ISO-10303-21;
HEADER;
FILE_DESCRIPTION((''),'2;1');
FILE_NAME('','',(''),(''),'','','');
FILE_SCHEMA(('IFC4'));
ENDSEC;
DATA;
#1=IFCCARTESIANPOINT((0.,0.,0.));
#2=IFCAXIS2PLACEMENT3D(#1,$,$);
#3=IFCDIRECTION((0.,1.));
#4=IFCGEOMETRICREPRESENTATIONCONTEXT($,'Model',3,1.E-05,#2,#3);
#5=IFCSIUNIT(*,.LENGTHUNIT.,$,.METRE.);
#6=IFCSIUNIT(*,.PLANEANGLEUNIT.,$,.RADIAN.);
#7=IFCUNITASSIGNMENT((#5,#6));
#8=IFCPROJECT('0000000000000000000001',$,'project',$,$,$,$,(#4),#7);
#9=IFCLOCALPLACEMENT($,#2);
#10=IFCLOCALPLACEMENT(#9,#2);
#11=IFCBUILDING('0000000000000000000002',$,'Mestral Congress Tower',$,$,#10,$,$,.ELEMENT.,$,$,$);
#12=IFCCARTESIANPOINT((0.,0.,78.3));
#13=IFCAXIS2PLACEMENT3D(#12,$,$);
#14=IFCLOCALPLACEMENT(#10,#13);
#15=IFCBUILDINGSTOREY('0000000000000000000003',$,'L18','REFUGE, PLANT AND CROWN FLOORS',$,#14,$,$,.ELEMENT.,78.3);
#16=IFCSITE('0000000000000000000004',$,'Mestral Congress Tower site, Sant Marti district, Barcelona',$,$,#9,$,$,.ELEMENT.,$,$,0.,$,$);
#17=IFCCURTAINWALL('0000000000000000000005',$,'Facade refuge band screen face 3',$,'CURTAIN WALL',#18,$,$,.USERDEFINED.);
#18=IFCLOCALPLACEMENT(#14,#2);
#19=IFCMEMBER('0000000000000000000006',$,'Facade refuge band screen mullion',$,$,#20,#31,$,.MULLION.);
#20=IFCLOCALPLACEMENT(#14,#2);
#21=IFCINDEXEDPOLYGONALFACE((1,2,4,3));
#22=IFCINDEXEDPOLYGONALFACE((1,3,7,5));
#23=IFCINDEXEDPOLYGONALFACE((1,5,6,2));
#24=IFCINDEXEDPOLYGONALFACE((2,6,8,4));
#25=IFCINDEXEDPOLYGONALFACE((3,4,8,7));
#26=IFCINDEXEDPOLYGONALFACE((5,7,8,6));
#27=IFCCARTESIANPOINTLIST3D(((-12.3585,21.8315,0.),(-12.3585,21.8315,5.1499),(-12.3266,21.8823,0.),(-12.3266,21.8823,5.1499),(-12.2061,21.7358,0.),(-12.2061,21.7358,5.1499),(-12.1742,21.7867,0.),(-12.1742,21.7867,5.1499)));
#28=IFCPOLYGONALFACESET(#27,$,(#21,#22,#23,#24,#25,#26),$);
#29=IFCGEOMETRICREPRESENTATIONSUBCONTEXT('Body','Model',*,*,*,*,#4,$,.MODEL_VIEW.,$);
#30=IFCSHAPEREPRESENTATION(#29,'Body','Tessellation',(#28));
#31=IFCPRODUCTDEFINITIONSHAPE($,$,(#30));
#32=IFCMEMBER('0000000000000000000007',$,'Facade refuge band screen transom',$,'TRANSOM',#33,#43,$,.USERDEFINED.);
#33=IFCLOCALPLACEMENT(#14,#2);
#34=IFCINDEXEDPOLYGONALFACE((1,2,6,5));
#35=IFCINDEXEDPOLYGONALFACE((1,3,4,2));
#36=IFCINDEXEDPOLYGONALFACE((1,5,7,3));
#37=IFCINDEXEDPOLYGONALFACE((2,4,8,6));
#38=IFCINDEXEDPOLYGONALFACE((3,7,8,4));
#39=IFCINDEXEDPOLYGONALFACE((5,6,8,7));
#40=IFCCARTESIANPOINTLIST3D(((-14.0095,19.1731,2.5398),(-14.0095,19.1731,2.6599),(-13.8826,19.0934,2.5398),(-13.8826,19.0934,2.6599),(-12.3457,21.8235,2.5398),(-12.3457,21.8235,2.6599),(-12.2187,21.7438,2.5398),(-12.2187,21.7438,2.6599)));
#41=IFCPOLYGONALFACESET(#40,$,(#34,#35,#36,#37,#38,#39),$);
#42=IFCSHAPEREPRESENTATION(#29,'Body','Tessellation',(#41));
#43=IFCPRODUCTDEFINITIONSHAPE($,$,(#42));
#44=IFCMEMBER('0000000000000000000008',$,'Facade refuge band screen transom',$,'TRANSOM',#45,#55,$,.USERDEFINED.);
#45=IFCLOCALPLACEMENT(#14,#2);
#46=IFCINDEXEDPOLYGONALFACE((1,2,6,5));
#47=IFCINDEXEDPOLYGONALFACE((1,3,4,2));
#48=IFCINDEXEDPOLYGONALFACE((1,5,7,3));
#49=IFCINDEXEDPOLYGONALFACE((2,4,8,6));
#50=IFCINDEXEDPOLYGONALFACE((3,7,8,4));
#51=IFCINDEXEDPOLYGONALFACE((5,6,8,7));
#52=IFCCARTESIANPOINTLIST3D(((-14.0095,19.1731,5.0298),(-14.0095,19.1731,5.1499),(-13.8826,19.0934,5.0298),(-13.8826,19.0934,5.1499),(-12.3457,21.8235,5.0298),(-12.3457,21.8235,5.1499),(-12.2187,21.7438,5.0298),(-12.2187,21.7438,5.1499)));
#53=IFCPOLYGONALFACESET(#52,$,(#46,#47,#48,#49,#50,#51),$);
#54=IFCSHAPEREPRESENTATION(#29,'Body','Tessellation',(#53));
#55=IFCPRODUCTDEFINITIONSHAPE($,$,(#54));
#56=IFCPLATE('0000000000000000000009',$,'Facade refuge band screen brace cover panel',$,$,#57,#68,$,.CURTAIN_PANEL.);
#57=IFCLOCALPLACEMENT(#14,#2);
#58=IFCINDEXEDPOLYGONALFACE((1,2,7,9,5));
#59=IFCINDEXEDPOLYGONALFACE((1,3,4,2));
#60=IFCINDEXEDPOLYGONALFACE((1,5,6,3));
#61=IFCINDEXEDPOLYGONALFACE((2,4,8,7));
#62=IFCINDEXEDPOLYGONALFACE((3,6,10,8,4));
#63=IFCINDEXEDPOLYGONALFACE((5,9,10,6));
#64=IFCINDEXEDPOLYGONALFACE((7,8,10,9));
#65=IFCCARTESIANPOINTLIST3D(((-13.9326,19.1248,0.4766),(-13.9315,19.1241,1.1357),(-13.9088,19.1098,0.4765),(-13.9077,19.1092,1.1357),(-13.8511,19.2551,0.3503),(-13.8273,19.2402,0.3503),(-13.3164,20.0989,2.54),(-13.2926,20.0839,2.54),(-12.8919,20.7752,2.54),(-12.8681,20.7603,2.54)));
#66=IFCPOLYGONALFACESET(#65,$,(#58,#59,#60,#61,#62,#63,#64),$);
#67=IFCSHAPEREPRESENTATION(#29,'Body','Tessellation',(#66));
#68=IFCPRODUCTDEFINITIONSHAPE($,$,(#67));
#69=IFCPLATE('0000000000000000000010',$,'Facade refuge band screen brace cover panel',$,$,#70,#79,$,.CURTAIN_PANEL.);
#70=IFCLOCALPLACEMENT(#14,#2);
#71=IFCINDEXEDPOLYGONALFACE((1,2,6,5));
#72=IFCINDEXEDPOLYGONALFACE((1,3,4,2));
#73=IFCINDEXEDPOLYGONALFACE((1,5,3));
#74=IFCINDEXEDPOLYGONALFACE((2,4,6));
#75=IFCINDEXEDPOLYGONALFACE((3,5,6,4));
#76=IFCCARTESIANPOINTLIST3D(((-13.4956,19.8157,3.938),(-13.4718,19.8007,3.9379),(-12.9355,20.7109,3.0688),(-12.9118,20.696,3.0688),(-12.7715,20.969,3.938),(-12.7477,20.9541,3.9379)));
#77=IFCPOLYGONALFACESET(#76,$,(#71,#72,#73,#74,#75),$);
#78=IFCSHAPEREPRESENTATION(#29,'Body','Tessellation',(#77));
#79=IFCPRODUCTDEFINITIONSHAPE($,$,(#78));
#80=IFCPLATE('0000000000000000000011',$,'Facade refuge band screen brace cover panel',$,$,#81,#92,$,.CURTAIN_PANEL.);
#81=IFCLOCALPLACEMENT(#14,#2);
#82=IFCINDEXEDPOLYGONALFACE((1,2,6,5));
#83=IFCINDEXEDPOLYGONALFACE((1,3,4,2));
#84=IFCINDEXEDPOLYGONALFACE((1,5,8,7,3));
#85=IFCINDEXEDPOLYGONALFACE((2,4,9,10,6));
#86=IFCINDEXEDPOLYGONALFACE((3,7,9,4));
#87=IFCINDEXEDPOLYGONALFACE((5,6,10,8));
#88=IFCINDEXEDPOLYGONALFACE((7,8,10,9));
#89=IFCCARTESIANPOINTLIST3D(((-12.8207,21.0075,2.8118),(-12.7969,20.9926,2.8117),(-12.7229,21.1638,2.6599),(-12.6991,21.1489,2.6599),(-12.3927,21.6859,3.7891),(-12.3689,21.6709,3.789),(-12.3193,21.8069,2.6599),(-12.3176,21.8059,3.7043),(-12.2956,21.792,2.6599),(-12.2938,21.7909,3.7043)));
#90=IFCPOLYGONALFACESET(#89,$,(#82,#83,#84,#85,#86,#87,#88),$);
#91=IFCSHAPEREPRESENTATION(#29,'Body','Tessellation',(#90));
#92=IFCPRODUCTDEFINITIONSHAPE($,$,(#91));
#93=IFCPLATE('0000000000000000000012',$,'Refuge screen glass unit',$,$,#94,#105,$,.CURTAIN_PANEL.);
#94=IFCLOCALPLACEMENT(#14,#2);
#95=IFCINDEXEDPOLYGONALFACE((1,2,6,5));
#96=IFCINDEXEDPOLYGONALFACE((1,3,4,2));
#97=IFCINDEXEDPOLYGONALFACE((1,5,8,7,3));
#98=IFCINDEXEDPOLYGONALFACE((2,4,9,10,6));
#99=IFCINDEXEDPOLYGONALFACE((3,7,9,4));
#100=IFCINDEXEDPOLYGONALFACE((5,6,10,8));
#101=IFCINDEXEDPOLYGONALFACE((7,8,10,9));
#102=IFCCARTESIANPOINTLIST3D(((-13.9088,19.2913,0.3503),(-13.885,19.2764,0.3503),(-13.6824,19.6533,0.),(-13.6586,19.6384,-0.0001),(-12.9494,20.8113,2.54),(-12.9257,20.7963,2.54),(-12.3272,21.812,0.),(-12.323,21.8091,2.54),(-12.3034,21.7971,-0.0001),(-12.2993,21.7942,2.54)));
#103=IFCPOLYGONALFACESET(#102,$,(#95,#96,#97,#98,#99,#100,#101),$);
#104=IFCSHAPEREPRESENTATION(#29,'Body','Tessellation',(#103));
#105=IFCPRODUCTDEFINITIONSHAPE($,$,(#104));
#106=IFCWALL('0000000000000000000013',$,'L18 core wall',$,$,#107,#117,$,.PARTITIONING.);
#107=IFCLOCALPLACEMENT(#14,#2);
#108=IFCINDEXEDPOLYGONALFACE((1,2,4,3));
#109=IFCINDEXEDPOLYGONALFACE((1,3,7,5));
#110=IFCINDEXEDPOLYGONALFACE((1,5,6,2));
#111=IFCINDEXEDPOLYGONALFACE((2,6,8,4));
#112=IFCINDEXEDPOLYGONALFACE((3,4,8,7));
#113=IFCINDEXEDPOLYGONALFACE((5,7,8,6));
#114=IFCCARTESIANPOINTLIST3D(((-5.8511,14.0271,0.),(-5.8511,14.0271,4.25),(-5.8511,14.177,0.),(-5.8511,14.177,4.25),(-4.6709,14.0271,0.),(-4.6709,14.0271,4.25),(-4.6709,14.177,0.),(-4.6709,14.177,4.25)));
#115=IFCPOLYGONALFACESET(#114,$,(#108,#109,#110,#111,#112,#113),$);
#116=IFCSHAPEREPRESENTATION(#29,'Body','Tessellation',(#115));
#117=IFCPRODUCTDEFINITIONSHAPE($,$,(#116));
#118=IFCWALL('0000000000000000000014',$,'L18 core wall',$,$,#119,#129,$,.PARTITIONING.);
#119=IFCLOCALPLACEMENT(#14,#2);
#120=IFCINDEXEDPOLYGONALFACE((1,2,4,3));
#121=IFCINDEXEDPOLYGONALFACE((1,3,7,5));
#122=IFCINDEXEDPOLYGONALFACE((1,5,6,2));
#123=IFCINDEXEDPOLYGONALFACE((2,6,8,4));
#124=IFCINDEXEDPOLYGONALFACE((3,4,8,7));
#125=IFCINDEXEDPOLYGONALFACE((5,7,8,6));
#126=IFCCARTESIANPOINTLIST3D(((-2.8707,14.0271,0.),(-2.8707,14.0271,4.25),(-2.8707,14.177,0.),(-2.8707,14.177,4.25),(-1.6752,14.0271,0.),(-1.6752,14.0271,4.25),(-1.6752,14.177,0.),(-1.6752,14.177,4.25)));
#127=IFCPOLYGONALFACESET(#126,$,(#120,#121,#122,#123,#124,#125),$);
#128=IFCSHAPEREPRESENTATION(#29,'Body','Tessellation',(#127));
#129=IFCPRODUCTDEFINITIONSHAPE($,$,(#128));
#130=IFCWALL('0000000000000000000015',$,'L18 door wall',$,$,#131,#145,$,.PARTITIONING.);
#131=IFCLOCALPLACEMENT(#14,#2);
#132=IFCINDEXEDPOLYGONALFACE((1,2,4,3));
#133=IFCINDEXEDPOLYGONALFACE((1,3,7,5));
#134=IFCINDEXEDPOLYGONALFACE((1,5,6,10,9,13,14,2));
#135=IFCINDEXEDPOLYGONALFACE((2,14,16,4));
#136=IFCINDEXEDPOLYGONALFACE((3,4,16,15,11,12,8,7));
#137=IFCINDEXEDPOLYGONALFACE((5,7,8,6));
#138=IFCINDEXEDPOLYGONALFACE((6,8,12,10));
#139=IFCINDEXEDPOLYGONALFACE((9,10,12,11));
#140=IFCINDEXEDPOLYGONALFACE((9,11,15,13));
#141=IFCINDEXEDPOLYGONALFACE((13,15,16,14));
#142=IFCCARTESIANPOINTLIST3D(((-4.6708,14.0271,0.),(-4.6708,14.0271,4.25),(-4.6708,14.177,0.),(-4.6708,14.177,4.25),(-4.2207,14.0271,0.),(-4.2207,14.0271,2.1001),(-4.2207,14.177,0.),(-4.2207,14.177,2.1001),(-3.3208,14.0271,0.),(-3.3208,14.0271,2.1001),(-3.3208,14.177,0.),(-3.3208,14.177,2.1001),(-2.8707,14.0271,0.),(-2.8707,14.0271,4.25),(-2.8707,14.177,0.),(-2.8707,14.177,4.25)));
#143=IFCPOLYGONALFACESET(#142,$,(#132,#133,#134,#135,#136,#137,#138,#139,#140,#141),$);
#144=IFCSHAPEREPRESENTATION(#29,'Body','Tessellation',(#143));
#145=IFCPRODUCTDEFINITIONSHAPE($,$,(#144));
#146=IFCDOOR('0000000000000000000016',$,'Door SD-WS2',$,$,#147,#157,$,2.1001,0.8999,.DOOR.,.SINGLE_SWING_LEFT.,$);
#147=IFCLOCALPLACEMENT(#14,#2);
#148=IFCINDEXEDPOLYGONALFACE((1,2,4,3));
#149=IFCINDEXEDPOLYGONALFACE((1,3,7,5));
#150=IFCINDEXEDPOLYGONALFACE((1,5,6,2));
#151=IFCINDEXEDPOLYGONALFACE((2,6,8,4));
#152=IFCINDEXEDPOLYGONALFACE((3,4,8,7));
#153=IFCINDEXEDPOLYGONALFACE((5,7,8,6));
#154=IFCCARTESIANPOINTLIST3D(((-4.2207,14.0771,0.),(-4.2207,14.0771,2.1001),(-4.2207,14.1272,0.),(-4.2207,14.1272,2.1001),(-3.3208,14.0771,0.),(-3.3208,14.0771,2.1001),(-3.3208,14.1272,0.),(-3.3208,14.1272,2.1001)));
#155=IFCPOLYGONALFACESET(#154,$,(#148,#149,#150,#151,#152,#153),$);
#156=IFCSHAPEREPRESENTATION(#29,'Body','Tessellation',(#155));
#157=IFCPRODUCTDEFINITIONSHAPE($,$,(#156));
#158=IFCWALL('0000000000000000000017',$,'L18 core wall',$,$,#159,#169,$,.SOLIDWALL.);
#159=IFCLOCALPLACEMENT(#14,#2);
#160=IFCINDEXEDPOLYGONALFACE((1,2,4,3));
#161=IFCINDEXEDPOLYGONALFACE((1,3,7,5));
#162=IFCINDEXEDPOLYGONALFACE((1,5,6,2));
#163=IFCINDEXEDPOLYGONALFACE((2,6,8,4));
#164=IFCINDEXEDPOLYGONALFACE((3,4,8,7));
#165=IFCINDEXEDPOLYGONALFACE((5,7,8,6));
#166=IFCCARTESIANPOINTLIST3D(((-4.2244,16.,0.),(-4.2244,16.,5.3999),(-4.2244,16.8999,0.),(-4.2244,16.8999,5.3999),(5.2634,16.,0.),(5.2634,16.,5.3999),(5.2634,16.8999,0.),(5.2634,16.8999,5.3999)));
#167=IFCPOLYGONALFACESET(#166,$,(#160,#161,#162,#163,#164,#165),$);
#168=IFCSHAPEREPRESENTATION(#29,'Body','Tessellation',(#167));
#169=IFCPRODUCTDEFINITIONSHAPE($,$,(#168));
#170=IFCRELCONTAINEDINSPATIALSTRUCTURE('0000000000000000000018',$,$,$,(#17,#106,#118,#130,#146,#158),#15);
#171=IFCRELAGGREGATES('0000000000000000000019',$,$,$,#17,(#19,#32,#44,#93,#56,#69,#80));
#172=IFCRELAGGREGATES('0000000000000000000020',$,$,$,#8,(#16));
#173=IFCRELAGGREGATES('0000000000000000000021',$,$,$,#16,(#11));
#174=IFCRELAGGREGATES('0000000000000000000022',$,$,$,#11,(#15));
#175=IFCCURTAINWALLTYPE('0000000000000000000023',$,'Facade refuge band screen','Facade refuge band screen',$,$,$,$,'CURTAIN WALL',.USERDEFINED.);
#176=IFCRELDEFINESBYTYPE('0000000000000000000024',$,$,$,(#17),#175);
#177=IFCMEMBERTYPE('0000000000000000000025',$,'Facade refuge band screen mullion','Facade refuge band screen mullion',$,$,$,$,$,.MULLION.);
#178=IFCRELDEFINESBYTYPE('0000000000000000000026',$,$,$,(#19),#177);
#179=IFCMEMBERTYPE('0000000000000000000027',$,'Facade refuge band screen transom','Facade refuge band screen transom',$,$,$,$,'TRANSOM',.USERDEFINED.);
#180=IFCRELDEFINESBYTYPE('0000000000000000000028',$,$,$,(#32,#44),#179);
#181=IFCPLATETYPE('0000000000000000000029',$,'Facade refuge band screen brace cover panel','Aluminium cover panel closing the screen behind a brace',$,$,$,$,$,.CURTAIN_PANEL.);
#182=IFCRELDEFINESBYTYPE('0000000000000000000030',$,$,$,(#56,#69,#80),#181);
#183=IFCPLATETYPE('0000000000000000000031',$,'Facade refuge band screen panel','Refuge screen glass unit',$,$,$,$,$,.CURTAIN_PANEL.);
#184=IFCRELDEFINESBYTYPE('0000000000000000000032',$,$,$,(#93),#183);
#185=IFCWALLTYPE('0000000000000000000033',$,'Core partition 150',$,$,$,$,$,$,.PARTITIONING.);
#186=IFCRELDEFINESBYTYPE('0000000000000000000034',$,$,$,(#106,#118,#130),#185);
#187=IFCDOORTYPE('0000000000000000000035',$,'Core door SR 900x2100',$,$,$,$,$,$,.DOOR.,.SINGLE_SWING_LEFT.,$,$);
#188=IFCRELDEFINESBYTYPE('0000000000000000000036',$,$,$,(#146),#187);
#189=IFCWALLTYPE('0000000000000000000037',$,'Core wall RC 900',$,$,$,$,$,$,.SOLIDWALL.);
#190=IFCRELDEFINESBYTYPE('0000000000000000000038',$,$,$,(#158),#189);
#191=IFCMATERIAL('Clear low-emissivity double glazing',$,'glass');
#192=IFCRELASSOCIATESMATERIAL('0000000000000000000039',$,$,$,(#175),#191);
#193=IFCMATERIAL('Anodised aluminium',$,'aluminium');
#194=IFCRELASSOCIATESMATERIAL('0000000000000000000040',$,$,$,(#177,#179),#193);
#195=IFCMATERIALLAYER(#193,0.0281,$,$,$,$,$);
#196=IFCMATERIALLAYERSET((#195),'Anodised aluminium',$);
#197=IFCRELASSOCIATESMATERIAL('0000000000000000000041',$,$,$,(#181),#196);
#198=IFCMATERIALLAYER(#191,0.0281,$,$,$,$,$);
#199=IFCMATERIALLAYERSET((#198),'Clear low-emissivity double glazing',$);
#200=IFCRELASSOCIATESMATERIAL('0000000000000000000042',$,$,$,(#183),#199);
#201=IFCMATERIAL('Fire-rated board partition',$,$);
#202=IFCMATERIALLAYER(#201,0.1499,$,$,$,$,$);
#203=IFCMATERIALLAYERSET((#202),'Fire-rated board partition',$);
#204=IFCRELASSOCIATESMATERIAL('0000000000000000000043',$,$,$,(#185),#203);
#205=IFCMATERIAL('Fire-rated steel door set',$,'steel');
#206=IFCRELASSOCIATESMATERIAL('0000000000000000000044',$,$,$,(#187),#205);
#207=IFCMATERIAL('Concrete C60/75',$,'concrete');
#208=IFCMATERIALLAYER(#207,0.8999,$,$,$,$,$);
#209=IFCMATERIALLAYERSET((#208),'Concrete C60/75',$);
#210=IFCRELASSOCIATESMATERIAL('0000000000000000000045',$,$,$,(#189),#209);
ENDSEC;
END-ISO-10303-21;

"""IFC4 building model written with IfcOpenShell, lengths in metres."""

from ifc_helpers import new_model, si_unit, direction, frame, frame_2d, origin, origin_2d, place, context, subcontext, project, spatial, polyline, rectangle, outline, extrude, material, layer, layer_set, material_profile, profile_set, type_object, element, fill, aggregate, save


model = new_model("IFC4")

# Units and contexts
model_context = context("Model", 3, precision=1e-05, world=origin(), true_north=direction((0.0, 1.0)))
body_context = subcontext(model_context, "Body", "Model", "MODEL_VIEW")
ifc_project = project(units=[si_unit("LENGTHUNIT", "METRE"), si_unit("PLANEANGLEUNIT", "RADIAN")], contexts=[model_context])

# Site, building, storey
site_placement = place(None, origin())
site = spatial("IfcSite", under=ifc_project, at=site_placement, Name="Mestral Congress Tower site, Sant Marti district, Barcelona", CompositionType="ELEMENT", RefElevation=0.0)
building_placement = place(site_placement, origin())
building = spatial("IfcBuilding", under=site, at=building_placement, Name="Mestral Congress Tower", CompositionType="ELEMENT")
storey_placement = place(building_placement, frame((0.0, 0.0, 78.3)))
storey = spatial("IfcBuildingStorey", under=building, at=storey_placement, Name="L18", Description="REFUGE, PLANT AND CROWN FLOORS", CompositionType="ELEMENT", Elevation=78.3)

# Curtain wall, members, plates
ifc_material_1 = material(Name="Clear low-emissivity double glazing", Category="glass")
curtain_wall_type = type_object("IfcCurtainWallType", Name="Facade refuge band screen", Description="Facade refuge band screen", ElementType="CURTAIN WALL", PredefinedType="USERDEFINED", material=ifc_material_1)
curtain_wall_placement = place(storey_placement, origin())
curtain_wall = element("IfcCurtainWall", 1, at=curtain_wall_placement, inside=storey, type_object=curtain_wall_type, Name="Facade refuge band screen face 3", ObjectType="CURTAIN WALL", PredefinedType="USERDEFINED")
ifc_material_2 = material(Name="Anodised aluminium", Category="aluminium")
ifc_material_profile_1 = material_profile(ifc_material_2, rectangle(XDim=0.1799, YDim=0.0601, at=origin_2d()), Name="CW3 mullion 180 x 60")
ifc_profile_set_1 = profile_set([ifc_material_profile_1], Name="Anodised aluminium")
member_type_1 = type_object("IfcMemberType", Name="Facade refuge band screen mullion", Description="Facade refuge band screen mullion", PredefinedType="MULLION", material=ifc_profile_set_1)
member_1_placement = place(storey_placement, frame((-12.2664, 21.8091, 0.0), z_axis=(0.0, 0.0, 1.0), x_axis=(-0.846951, 0.531671, 0.0)))
member_1 = element("IfcMember", 2, at=member_1_placement, type_object=member_type_1, Name="Facade refuge band screen mullion", PredefinedType="MULLION", context=body_context, shape_type="SweptSolid", body=[
    extrude(rectangle(XDim=0.1799, YDim=0.0601, at=origin_2d()), origin(), (0.0, 0.0, 1.0), 5.1499),
])
ifc_material_profile_2 = material_profile(ifc_material_2, rectangle(XDim=0.1499, YDim=0.1201, at=origin_2d()), Name="CW3 transom 150 x 120")
ifc_profile_set_2 = profile_set([ifc_material_profile_2], Name="Anodised aluminium")
member_type_2 = type_object("IfcMemberType", Name="Facade refuge band screen transom", Description="Facade refuge band screen transom", ElementType="TRANSOM", PredefinedType="USERDEFINED", material=ifc_profile_set_2)
member_2_placement = place(storey_placement, frame((-12.2822, 21.7837, 2.5999), z_axis=(-0.531681, -0.846945, 0.0), x_axis=(0.846945, -0.531681, 0.0)))
member_2 = element("IfcMember", 3, at=member_2_placement, type_object=member_type_2, Name="Facade refuge band screen transom", ObjectType="TRANSOM", PredefinedType="USERDEFINED", context=body_context, shape_type="SweptSolid", body=[
    extrude(rectangle(XDim=0.1499, YDim=0.1201, at=origin_2d()), origin(), (0.0, 0.0, 1.0), 3.1294),
])
member_3_placement = place(storey_placement, frame((-12.2822, 21.7837, 5.0898), z_axis=(-0.531681, -0.846945, 0.0), x_axis=(0.846945, -0.531681, 0.0)))
member_3 = element("IfcMember", 4, at=member_3_placement, type_object=member_type_2, Name="Facade refuge band screen transom", ObjectType="TRANSOM", PredefinedType="USERDEFINED", context=body_context, shape_type="SweptSolid", body=[
    extrude(rectangle(XDim=0.1499, YDim=0.1201, at=origin_2d()), origin(), (0.0, 0.0, 1.0), 3.1294),
])
ifc_layer_1 = layer(ifc_material_2, 0.0281)
ifc_layer_set_1 = layer_set([ifc_layer_1], Name="Anodised aluminium")
plate_type_1 = type_object("IfcPlateType", Name="Facade refuge band screen brace cover panel", Description="Aluminium cover panel closing the screen behind a brace", PredefinedType="CURTAIN_PANEL", material=ifc_layer_set_1)
plate_1_placement = place(storey_placement, frame((-13.9326, 19.1248, 0.4766), z_axis=(-0.846996, 0.531596, 0.001986), x_axis=(0.409832, 0.655359, -0.634463)))
plate_1 = element("IfcPlate", 5, at=plate_1_placement, type_object=plate_type_1, Name="Facade refuge band screen brace cover panel", PredefinedType="CURTAIN_PANEL", context=body_context, shape_type="SweptSolid", body=[
    extrude(outline(polyline([(0.0, 0.0), (0.1989, 0.0), (0.1989, -2.8329), (-0.4183, -2.3263), (-0.4182, -0.5095), (0.0, 0.0)])), origin(), (0.0, 0.0, -1.0), 0.0281),
])
plate_2_placement = place(storey_placement, frame((-13.4956, 19.8157, 3.938), z_axis=(-0.846907, 0.531737, 0.001987), x_axis=(0.409493, 0.654582, -0.635482)))
plate_2 = element("IfcPlate", 6, at=plate_2_placement, type_object=plate_type_1, Name="Facade refuge band screen brace cover panel", PredefinedType="CURTAIN_PANEL", context=body_context, shape_type="SweptSolid", body=[
    extrude(outline(polyline([(0.0, 0.0), (1.3677, 0.0), (1.0515, -0.8654), (0.0, 0.0)])), origin(), (0.0, 0.0, -1.0), 0.0281),
])
plate_3_placement = place(storey_placement, frame((-12.7229, 21.1638, 2.6599), z_axis=(-0.847023, 0.531552, 0.001958), x_axis=(0.531553, 0.847025, 0.0)))
plate_3 = element("IfcPlate", 7, at=plate_3_placement, type_object=plate_type_1, Name="Facade refuge band screen brace cover panel", PredefinedType="CURTAIN_PANEL", context=body_context, shape_type="SweptSolid", body=[
    extrude(outline(polyline([(0.0, 0.0), (0.7592, 0.0), (0.7593, -1.0444), (0.6177, -1.1292), (-0.1844, -0.1519), (0.0, 0.0)])), origin(), (0.0, 0.0, -1.0), 0.0281),
])
ifc_layer_2 = layer(ifc_material_1, 0.0281)
ifc_layer_set_2 = layer_set([ifc_layer_2], Name="Clear low-emissivity double glazing")
plate_type_2 = type_object("IfcPlateType", Name="Facade refuge band screen panel", Description="Refuge screen glass unit", PredefinedType="CURTAIN_PANEL", material=ifc_layer_set_2)
plate_4_placement = place(storey_placement, frame((-13.6824, 19.6533, 0.0), z_axis=(-0.846942, 0.531682, 0.002003), x_axis=(0.531683, 0.846943, 0.0)))
plate_4 = element("IfcPlate", 8, at=plate_4_placement, type_object=plate_type_2, Name="Refuge screen glass unit", PredefinedType="CURTAIN_PANEL", context=body_context, shape_type="SweptSolid", body=[
    extrude(outline(polyline([(0.0, 0.0), (2.5488, 0.0), (2.5486, -2.54), (1.3704, -2.54), (-0.427, -0.3503), (0.0, 0.0)])), origin(), (0.0, 0.0, -1.0), 0.0281),
])
aggregate(curtain_wall, [member_1, member_2, member_3, plate_4, plate_1, plate_2, plate_3])

# Walls
ifc_material_3 = material(Name="Fire-rated board partition")
ifc_layer_3 = layer(ifc_material_3, 0.1499)
ifc_layer_set_3 = layer_set([ifc_layer_3], Name="Fire-rated board partition")
wall_type_1 = type_object("IfcWallType", Name="Core partition 150", PredefinedType="PARTITIONING", material=ifc_layer_set_3)
wall_1_placement = place(storey_placement, frame((-5.8511, 14.1021, 0.0), z_axis=(0.0, 0.0, 1.0), x_axis=(1.0, 0.0, 0.0)))
element("IfcWall", 9, at=wall_1_placement, inside=storey, type_object=wall_type_1, Name="L18 core wall", PredefinedType="PARTITIONING", context=body_context, shape_type="SweptSolid", body=[
    extrude(rectangle(XDim=1.1802, YDim=0.1499, at=frame_2d((0.5901, 0.0))), origin(), (0.0, 0.0, 1.0), 4.25),
])
wall_2_placement = place(storey_placement, frame((-2.8706, 14.1021, 0.0), z_axis=(0.0, 0.0, 1.0), x_axis=(1.0, 0.0, 0.0)))
element("IfcWall", 10, at=wall_2_placement, inside=storey, type_object=wall_type_1, Name="L18 core wall", PredefinedType="PARTITIONING", context=body_context, shape_type="SweptSolid", body=[
    extrude(rectangle(XDim=1.1956, YDim=0.1499, at=frame_2d((0.5977, 0.0))), origin(), (0.0, 0.0, 1.0), 4.25),
])

# Wall, opening, door
wall_3_placement = place(storey_placement, frame((-2.8708, 14.1021, 0.0), z_axis=(0.0, 0.0, 1.0), x_axis=(-1.0, 0.0, 0.0)))
wall_3 = element("IfcWall", 11, at=wall_3_placement, inside=storey, type_object=wall_type_1, Name="L18 door wall", PredefinedType="PARTITIONING", context=body_context, shape_type="SweptSolid", body=[
    extrude(rectangle(XDim=1.8, YDim=0.1499, at=frame_2d((0.8999, 0.0))), origin(), (0.0, 0.0, 1.0), 4.25),
])
opening_1_placement = place(wall_3_placement, frame((0.45, 0.0, 0.0)))
opening_1 = element("IfcOpeningElement", 12, at=opening_1_placement, cuts=wall_3, PredefinedType="OPENING", context=body_context, shape_type="SweptSolid", body=[
    extrude(rectangle(XDim=0.8999, YDim=2.1001, at=frame_2d((0.45, 1.05))), frame((0.0, 0.085, 0.0), z_axis=(0.0, -1.0, 0.0), x_axis=(1.0, 0.0, 0.0)), (0.0, 0.0, 1.0), 0.1699),
])
ifc_material_4 = material(Name="Fire-rated steel door set", Category="steel")
door_type_1 = type_object("IfcDoorType", Name="Core door SR 900x2100", OperationType="SINGLE_SWING_LEFT", PredefinedType="DOOR", material=ifc_material_4)
door_1_placement = place(opening_1_placement, origin())
door_1 = element("IfcDoor", 13, at=door_1_placement, inside=storey, type_object=door_type_1, Name="Door SD-WS2", OperationType="SINGLE_SWING_LEFT", OverallHeight=2.1001, OverallWidth=0.8999, PredefinedType="DOOR", context=body_context, shape_type="SweptSolid", body=[
    extrude(rectangle(XDim=0.8999, YDim=2.1001, at=frame_2d((0.45, 1.05))), frame((0.0, 0.0249, 0.0), z_axis=(0.0, -1.0, 0.0), x_axis=(1.0, 0.0, 0.0)), (0.0, 0.0, 1.0), 0.05),
])
fill(opening_1, door_1)

# Wall
ifc_material_5 = material(Name="Concrete C60/75", Category="concrete")
ifc_layer_4 = layer(ifc_material_5, 0.8999)
ifc_layer_set_4 = layer_set([ifc_layer_4], Name="Concrete C60/75")
wall_type_2 = type_object("IfcWallType", Name="Core wall RC 900", PredefinedType="SOLIDWALL", material=ifc_layer_set_4)
wall_4_placement = place(storey_placement, frame((-4.2244, 16.45, 0.0), z_axis=(0.0, 0.0, 1.0), x_axis=(1.0, 0.0, 0.0)))
element("IfcWall", 14, at=wall_4_placement, inside=storey, type_object=wall_type_2, Name="L18 core wall", PredefinedType="SOLIDWALL", context=body_context, shape_type="SweptSolid", body=[
    extrude(rectangle(XDim=9.4878, YDim=0.8999, at=frame_2d((4.7439, 0.0))), origin(), (0.0, 0.0, 1.0), 5.3999),
])

save(model, "model.ifc")
